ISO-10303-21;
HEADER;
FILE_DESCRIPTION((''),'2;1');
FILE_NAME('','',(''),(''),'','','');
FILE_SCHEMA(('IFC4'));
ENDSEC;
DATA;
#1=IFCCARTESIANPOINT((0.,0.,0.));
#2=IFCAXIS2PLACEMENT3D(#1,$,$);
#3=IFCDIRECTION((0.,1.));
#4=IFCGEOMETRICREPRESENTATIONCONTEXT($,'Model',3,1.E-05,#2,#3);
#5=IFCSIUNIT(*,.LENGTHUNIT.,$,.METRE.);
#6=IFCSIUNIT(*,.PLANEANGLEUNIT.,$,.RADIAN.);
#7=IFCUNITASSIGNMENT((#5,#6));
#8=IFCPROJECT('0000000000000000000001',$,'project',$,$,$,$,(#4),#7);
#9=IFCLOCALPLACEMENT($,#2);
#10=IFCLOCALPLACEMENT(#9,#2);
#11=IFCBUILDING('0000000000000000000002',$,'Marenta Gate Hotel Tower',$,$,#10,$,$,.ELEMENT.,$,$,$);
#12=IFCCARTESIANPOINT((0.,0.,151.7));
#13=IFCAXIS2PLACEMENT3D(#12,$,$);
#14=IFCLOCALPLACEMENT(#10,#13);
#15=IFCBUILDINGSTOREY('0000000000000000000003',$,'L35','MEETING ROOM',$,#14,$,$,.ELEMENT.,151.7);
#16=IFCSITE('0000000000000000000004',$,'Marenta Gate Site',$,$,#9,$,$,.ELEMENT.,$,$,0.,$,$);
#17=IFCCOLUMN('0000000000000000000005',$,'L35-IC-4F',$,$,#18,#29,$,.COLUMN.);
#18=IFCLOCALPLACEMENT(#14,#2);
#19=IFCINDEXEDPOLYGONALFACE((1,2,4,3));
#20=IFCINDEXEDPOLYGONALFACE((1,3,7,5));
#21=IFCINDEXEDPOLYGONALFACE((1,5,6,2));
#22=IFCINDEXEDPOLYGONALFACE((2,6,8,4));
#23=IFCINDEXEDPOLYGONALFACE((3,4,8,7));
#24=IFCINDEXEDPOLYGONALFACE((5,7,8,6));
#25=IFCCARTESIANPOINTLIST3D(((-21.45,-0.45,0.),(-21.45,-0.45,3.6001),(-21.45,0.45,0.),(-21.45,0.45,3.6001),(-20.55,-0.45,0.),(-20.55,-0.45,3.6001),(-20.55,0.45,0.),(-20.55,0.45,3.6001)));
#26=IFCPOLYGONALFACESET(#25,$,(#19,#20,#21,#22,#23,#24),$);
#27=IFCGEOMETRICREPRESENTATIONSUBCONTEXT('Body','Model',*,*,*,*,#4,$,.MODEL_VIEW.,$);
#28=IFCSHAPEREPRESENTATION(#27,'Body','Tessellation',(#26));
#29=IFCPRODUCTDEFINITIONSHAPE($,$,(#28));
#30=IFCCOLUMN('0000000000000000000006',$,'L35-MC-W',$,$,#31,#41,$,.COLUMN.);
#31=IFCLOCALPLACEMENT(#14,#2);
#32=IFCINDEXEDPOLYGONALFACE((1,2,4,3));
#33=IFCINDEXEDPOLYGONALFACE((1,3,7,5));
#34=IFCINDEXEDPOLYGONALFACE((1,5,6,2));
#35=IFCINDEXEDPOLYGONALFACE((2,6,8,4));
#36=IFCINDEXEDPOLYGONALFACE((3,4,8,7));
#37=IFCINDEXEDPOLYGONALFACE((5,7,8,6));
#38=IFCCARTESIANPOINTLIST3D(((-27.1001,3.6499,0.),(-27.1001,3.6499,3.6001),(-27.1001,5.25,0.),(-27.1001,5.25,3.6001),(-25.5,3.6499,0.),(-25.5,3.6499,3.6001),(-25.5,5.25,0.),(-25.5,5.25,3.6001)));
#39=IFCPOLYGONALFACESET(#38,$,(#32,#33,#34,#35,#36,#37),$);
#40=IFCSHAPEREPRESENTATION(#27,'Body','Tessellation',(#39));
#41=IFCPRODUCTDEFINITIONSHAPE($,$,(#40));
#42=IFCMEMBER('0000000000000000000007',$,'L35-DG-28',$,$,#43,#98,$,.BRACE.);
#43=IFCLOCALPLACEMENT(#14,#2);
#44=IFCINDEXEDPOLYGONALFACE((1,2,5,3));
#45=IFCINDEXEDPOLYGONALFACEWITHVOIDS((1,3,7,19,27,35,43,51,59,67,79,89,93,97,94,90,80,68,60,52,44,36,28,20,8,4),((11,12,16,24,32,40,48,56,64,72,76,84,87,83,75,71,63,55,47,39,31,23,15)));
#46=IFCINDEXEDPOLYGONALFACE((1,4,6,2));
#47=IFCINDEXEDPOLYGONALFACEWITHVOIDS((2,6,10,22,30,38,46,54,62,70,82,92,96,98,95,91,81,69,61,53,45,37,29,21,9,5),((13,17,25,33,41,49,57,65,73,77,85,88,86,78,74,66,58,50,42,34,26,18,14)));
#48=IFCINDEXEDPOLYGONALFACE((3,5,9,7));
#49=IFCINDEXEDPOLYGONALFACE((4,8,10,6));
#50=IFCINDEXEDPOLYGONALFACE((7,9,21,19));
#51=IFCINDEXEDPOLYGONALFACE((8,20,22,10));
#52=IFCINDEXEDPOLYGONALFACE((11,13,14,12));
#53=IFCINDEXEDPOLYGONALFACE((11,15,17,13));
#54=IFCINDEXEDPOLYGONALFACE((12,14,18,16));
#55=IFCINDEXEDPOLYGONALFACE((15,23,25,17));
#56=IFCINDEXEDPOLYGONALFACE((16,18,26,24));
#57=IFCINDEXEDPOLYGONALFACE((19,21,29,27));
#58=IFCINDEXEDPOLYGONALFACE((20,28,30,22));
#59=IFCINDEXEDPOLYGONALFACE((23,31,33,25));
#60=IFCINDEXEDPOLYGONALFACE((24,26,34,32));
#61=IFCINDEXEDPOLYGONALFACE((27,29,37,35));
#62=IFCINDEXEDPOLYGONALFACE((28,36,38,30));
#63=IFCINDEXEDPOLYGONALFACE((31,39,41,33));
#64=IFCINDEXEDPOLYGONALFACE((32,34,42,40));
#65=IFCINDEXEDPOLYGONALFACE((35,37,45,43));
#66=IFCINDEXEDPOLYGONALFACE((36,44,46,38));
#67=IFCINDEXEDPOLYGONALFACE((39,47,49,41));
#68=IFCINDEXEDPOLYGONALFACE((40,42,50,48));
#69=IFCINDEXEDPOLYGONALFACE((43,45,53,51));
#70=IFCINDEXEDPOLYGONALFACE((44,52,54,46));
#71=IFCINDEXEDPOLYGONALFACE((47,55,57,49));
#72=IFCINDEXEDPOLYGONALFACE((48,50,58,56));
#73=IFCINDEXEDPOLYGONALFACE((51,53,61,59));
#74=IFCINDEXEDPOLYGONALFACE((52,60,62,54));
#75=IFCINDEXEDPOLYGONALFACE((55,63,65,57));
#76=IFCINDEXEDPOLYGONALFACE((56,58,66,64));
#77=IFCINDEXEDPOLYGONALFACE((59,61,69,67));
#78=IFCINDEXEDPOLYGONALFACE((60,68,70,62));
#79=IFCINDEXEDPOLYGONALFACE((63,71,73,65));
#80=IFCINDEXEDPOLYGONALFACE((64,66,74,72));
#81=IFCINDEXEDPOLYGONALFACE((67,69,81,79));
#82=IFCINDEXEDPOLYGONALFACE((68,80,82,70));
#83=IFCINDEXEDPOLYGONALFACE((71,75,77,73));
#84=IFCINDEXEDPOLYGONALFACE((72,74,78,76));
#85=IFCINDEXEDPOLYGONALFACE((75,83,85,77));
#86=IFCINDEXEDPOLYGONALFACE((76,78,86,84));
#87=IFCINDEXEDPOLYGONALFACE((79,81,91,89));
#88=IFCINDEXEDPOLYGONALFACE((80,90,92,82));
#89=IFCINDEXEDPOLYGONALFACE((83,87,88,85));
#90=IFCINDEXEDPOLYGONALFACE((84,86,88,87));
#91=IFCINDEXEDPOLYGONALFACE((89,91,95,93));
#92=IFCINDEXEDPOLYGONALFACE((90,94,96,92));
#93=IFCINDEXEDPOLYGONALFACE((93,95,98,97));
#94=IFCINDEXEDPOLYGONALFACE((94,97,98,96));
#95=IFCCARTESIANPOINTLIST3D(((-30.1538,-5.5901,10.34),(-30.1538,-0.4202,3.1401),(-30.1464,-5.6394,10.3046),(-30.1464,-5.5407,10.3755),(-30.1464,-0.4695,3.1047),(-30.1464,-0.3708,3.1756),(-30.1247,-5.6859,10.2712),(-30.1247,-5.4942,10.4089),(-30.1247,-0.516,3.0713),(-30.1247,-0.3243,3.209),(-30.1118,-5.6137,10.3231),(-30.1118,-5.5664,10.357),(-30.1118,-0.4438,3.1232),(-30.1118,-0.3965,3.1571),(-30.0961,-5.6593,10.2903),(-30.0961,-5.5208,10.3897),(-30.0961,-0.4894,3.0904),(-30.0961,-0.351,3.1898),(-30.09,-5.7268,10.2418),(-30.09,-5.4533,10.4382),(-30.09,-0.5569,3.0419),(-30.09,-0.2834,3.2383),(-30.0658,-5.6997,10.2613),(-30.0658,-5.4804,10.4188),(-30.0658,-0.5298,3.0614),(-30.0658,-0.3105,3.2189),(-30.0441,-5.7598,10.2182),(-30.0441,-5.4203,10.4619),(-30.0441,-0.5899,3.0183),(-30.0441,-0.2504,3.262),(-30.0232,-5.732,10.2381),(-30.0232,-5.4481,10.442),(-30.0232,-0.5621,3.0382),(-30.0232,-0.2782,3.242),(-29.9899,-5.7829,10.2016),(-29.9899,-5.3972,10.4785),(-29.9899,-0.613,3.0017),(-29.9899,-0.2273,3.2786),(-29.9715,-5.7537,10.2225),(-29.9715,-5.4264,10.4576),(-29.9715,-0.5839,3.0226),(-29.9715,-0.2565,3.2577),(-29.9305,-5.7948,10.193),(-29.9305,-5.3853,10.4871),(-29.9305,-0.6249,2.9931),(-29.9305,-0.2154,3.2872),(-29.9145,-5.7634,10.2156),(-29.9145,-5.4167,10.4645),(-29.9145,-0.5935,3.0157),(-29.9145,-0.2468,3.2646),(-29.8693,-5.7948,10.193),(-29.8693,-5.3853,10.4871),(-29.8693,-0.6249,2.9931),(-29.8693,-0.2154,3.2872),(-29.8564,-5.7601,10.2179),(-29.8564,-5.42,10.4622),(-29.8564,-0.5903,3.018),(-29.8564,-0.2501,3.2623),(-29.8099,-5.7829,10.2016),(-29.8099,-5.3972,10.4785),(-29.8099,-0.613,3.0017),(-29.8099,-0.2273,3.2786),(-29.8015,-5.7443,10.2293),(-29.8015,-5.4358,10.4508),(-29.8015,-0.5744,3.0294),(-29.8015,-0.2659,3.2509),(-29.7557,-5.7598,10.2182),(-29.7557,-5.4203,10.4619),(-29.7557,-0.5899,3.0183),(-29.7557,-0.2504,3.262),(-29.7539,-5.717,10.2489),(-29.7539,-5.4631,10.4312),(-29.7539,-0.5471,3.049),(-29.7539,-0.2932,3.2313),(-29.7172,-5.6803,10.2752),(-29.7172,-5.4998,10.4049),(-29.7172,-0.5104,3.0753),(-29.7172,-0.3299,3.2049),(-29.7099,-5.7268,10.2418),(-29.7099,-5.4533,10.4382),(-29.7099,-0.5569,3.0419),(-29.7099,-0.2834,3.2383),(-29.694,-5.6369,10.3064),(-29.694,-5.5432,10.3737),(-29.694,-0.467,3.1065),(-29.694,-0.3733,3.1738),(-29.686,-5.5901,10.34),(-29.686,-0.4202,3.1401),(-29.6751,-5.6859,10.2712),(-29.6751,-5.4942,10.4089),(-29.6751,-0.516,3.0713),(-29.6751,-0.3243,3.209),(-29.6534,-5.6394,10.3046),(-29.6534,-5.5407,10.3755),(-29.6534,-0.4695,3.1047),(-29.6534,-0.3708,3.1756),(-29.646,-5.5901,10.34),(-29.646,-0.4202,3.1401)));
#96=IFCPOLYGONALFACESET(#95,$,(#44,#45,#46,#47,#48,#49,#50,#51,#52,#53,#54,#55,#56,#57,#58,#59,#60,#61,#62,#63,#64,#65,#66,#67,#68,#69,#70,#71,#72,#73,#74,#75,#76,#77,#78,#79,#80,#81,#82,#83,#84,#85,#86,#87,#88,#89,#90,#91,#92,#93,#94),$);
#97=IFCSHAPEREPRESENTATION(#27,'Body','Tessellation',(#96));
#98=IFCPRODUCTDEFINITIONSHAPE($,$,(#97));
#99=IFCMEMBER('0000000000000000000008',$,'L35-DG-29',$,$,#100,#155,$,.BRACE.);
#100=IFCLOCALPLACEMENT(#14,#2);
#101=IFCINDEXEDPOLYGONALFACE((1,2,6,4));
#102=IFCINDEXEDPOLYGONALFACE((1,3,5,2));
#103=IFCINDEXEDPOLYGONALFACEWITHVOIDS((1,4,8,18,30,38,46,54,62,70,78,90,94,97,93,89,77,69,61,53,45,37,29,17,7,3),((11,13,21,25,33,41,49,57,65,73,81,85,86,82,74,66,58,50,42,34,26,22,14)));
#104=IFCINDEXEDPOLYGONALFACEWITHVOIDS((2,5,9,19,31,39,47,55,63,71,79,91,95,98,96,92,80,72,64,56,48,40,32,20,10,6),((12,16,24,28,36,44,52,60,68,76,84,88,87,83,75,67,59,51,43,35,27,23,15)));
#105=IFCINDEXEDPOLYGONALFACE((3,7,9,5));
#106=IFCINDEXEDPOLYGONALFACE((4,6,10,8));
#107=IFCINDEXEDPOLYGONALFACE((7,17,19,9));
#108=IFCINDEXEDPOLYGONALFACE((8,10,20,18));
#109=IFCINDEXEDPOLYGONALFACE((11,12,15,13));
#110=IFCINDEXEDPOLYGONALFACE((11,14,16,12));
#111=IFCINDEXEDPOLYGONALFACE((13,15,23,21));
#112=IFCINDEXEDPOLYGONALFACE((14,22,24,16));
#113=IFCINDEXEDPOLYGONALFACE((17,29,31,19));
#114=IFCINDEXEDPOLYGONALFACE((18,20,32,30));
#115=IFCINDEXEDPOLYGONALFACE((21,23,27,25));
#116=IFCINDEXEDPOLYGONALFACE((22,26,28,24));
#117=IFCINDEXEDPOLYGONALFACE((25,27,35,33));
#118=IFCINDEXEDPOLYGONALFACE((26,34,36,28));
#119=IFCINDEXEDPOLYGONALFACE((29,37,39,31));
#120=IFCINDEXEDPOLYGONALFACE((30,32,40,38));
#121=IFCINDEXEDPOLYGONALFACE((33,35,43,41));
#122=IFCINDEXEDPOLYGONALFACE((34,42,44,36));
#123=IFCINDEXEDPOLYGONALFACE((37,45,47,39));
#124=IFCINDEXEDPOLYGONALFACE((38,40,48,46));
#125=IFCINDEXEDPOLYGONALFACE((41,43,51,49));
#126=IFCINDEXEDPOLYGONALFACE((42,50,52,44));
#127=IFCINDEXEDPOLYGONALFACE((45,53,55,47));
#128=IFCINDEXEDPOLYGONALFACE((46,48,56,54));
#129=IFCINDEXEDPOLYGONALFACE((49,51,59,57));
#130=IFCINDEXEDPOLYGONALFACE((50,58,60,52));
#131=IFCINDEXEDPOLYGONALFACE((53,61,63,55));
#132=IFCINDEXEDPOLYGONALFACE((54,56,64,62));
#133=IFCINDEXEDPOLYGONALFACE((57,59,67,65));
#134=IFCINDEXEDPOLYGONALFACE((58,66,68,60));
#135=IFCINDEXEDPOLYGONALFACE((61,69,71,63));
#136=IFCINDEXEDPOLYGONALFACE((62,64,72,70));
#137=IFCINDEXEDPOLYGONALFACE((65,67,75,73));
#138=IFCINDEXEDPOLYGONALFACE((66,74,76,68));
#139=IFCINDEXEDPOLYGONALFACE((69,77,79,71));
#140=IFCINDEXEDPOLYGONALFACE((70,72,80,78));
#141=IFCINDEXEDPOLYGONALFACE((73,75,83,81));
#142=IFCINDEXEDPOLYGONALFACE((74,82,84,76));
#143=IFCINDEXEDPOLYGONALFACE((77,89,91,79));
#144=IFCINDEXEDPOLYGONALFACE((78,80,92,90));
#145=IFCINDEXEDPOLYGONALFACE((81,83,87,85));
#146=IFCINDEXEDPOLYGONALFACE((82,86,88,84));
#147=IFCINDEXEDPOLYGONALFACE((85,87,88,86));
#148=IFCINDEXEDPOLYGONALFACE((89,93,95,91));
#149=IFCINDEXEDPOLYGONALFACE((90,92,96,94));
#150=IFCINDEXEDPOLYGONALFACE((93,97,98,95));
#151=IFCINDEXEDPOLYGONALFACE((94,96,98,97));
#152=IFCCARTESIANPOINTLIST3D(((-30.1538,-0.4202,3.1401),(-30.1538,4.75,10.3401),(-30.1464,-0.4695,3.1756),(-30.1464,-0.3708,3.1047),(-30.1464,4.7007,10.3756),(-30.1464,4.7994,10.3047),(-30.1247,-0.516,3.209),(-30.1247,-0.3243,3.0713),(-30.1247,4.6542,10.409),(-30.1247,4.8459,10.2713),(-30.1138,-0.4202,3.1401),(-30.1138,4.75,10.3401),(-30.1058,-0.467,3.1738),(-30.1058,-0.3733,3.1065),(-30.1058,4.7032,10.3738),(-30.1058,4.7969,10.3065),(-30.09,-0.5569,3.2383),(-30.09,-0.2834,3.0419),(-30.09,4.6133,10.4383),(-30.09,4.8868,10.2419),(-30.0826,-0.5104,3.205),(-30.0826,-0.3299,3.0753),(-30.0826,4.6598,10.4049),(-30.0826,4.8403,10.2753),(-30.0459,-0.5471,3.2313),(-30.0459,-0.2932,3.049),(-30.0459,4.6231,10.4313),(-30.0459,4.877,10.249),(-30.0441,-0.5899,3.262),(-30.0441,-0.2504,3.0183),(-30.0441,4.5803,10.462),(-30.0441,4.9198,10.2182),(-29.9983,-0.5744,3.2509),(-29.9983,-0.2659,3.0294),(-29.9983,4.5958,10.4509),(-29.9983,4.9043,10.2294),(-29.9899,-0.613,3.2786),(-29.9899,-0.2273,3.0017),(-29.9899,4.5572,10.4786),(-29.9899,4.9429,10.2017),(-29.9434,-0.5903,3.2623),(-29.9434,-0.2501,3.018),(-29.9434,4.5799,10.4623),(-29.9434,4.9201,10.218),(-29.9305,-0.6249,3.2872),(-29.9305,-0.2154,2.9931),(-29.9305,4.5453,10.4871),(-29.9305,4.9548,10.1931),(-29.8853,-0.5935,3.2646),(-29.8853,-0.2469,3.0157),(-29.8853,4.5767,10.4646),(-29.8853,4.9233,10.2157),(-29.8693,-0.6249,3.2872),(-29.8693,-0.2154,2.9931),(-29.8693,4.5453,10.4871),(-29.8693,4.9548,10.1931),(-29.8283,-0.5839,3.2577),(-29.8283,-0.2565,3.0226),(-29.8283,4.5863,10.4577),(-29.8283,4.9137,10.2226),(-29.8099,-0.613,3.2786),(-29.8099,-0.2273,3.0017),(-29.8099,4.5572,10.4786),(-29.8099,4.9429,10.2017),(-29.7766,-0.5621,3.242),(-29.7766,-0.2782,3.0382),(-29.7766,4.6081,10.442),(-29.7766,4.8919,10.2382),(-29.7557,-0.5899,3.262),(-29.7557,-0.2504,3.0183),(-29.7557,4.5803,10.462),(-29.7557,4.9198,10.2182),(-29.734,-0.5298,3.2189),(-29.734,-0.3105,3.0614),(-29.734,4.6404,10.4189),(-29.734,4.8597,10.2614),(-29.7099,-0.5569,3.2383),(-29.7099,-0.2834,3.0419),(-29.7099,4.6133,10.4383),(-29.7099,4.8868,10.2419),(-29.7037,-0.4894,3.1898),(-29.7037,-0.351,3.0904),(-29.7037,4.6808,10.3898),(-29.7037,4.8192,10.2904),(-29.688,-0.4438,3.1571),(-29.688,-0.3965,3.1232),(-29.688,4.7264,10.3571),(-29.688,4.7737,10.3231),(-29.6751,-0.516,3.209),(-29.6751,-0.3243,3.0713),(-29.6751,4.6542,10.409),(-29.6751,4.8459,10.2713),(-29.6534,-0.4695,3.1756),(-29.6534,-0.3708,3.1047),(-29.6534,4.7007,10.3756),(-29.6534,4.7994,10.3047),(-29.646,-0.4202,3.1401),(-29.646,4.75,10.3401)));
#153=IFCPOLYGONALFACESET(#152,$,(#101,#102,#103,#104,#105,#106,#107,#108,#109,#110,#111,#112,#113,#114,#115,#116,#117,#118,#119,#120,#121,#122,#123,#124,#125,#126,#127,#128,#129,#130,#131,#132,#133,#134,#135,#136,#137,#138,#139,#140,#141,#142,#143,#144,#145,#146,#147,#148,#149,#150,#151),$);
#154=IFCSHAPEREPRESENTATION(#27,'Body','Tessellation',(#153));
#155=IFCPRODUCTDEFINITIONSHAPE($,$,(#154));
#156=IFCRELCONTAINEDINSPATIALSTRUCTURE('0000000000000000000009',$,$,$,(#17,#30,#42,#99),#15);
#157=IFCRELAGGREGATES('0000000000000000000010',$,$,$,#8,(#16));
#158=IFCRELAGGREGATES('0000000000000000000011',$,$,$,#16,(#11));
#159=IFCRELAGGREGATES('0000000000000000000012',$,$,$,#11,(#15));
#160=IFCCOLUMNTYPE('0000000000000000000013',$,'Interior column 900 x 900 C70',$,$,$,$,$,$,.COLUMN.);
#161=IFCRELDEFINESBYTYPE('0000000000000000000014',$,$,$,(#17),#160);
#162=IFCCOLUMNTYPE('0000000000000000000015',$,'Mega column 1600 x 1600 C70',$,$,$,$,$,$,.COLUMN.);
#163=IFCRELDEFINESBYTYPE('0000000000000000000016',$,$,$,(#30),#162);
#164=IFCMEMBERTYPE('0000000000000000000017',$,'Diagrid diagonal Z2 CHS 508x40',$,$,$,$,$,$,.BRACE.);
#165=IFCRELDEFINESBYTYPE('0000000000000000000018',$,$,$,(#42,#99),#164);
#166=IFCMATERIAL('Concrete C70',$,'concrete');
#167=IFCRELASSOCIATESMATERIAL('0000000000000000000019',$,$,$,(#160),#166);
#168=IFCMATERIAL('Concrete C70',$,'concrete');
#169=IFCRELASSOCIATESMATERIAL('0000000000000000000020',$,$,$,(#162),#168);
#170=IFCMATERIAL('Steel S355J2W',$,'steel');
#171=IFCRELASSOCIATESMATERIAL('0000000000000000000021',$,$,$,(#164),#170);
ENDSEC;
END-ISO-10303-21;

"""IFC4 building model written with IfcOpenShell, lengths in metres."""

from ifc_helpers import new_model, si_unit, direction, frame, origin, origin_2d, place, context, subcontext, project, spatial, rectangle, hollow_circle, extrude, material, material_profile, profile_set, type_object, element, save


model = new_model("IFC4")

# Units and contexts
model_context = context("Model", 3, precision=1e-05, world=origin(), true_north=direction((0.0, 1.0)))
body_context = subcontext(model_context, "Body", "Model", "MODEL_VIEW")
ifc_project = project(units=[si_unit("LENGTHUNIT", "METRE"), si_unit("PLANEANGLEUNIT", "RADIAN")], contexts=[model_context])

# Site, building, storey
site_placement = place(None, origin())
site = spatial("IfcSite", under=ifc_project, at=site_placement, Name="Marenta Gate Site", CompositionType="ELEMENT", RefElevation=0.0)
building_placement = place(site_placement, origin())
building = spatial("IfcBuilding", under=site, at=building_placement, Name="Marenta Gate Hotel Tower", CompositionType="ELEMENT")
storey_placement = place(building_placement, frame((0.0, 0.0, 151.7)))
storey = spatial("IfcBuildingStorey", under=building, at=storey_placement, Name="L35", Description="MEETING ROOM", CompositionType="ELEMENT", Elevation=151.7)

# Columns
ifc_material_1 = material(Name="Concrete C70", Category="concrete")
ifc_material_profile_1 = material_profile(ifc_material_1, rectangle(XDim=0.8999, YDim=0.8999, at=origin_2d()), Name="900 x 900")
ifc_profile_set_1 = profile_set([ifc_material_profile_1], Name="Concrete C70")
column_type_1 = type_object("IfcColumnType", Name="Interior column 900 x 900 C70", PredefinedType="COLUMN", material=ifc_profile_set_1)
column_1_placement = place(storey_placement, frame((-21.0, 0.0, 0.0), z_axis=(0.0, 0.0, 1.0), x_axis=(1.0, 0.0, 0.0)))
element("IfcColumn", 1, at=column_1_placement, inside=storey, type_object=column_type_1, Name="L35-IC-4F", PredefinedType="COLUMN", context=body_context, shape_type="SweptSolid", body=[
    extrude(rectangle(XDim=0.8999, YDim=0.8999, at=origin_2d()), origin(), (0.0, 0.0, 1.0), 3.6001),
])
ifc_material_2 = material(Name="Concrete C70", Category="concrete")
ifc_material_profile_2 = material_profile(ifc_material_2, rectangle(XDim=1.6001, YDim=1.6001, at=origin_2d()), Name="1600 x 1600")
ifc_profile_set_2 = profile_set([ifc_material_profile_2], Name="Concrete C70")
column_type_2 = type_object("IfcColumnType", Name="Mega column 1600 x 1600 C70", PredefinedType="COLUMN", material=ifc_profile_set_2)
column_2_placement = place(storey_placement, frame((-26.3, 4.45, 0.0), z_axis=(0.0, 0.0, 1.0), x_axis=(1.0, 0.0, 0.0)))
element("IfcColumn", 2, at=column_2_placement, inside=storey, type_object=column_type_2, Name="L35-MC-W", PredefinedType="COLUMN", context=body_context, shape_type="SweptSolid", body=[
    extrude(rectangle(XDim=1.6001, YDim=1.6001, at=origin_2d()), origin(), (0.0, 0.0, 1.0), 3.6001),
])

# Members
ifc_material_3 = material(Name="Steel S355J2W", Category="steel")
ifc_material_profile_3 = material_profile(ifc_material_3, hollow_circle(Radius=0.2539, WallThickness=0.04, at=origin_2d()), Name="CHS 508x40")
ifc_profile_set_3 = profile_set([ifc_material_profile_3], Name="Steel S355J2W")
member_type_1 = type_object("IfcMemberType", Name="Diagrid diagonal Z2 CHS 508x40", PredefinedType="BRACE", material=ifc_profile_set_3)
member_1_placement = place(storey_placement, frame((-29.8999, -0.4202, 3.1401), z_axis=(0.0, -0.583261, 0.812285), x_axis=(1.0, 0.0, 0.0)))
element("IfcMember", 3, at=member_1_placement, inside=storey, type_object=member_type_1, Name="L35-DG-28", PredefinedType="BRACE", context=body_context, shape_type="SweptSolid", body=[
    extrude(hollow_circle(Radius=0.2539, WallThickness=0.04, at=origin_2d()), origin(), (0.0, 0.0, 1.0), 8.8638),
])
member_2_placement = place(storey_placement, frame((-29.8999, -0.4202, 3.1401), z_axis=(0.0, 0.583279, 0.812272), x_axis=(-1.0, 0.0, 0.0)))
element("IfcMember", 4, at=member_2_placement, inside=storey, type_object=member_type_1, Name="L35-DG-29", PredefinedType="BRACE", context=body_context, shape_type="SweptSolid", body=[
    extrude(hollow_circle(Radius=0.2539, WallThickness=0.04, at=origin_2d()), origin(), (0.0, 0.0, 1.0), 8.864),
])

save(model, "model.ifc")
